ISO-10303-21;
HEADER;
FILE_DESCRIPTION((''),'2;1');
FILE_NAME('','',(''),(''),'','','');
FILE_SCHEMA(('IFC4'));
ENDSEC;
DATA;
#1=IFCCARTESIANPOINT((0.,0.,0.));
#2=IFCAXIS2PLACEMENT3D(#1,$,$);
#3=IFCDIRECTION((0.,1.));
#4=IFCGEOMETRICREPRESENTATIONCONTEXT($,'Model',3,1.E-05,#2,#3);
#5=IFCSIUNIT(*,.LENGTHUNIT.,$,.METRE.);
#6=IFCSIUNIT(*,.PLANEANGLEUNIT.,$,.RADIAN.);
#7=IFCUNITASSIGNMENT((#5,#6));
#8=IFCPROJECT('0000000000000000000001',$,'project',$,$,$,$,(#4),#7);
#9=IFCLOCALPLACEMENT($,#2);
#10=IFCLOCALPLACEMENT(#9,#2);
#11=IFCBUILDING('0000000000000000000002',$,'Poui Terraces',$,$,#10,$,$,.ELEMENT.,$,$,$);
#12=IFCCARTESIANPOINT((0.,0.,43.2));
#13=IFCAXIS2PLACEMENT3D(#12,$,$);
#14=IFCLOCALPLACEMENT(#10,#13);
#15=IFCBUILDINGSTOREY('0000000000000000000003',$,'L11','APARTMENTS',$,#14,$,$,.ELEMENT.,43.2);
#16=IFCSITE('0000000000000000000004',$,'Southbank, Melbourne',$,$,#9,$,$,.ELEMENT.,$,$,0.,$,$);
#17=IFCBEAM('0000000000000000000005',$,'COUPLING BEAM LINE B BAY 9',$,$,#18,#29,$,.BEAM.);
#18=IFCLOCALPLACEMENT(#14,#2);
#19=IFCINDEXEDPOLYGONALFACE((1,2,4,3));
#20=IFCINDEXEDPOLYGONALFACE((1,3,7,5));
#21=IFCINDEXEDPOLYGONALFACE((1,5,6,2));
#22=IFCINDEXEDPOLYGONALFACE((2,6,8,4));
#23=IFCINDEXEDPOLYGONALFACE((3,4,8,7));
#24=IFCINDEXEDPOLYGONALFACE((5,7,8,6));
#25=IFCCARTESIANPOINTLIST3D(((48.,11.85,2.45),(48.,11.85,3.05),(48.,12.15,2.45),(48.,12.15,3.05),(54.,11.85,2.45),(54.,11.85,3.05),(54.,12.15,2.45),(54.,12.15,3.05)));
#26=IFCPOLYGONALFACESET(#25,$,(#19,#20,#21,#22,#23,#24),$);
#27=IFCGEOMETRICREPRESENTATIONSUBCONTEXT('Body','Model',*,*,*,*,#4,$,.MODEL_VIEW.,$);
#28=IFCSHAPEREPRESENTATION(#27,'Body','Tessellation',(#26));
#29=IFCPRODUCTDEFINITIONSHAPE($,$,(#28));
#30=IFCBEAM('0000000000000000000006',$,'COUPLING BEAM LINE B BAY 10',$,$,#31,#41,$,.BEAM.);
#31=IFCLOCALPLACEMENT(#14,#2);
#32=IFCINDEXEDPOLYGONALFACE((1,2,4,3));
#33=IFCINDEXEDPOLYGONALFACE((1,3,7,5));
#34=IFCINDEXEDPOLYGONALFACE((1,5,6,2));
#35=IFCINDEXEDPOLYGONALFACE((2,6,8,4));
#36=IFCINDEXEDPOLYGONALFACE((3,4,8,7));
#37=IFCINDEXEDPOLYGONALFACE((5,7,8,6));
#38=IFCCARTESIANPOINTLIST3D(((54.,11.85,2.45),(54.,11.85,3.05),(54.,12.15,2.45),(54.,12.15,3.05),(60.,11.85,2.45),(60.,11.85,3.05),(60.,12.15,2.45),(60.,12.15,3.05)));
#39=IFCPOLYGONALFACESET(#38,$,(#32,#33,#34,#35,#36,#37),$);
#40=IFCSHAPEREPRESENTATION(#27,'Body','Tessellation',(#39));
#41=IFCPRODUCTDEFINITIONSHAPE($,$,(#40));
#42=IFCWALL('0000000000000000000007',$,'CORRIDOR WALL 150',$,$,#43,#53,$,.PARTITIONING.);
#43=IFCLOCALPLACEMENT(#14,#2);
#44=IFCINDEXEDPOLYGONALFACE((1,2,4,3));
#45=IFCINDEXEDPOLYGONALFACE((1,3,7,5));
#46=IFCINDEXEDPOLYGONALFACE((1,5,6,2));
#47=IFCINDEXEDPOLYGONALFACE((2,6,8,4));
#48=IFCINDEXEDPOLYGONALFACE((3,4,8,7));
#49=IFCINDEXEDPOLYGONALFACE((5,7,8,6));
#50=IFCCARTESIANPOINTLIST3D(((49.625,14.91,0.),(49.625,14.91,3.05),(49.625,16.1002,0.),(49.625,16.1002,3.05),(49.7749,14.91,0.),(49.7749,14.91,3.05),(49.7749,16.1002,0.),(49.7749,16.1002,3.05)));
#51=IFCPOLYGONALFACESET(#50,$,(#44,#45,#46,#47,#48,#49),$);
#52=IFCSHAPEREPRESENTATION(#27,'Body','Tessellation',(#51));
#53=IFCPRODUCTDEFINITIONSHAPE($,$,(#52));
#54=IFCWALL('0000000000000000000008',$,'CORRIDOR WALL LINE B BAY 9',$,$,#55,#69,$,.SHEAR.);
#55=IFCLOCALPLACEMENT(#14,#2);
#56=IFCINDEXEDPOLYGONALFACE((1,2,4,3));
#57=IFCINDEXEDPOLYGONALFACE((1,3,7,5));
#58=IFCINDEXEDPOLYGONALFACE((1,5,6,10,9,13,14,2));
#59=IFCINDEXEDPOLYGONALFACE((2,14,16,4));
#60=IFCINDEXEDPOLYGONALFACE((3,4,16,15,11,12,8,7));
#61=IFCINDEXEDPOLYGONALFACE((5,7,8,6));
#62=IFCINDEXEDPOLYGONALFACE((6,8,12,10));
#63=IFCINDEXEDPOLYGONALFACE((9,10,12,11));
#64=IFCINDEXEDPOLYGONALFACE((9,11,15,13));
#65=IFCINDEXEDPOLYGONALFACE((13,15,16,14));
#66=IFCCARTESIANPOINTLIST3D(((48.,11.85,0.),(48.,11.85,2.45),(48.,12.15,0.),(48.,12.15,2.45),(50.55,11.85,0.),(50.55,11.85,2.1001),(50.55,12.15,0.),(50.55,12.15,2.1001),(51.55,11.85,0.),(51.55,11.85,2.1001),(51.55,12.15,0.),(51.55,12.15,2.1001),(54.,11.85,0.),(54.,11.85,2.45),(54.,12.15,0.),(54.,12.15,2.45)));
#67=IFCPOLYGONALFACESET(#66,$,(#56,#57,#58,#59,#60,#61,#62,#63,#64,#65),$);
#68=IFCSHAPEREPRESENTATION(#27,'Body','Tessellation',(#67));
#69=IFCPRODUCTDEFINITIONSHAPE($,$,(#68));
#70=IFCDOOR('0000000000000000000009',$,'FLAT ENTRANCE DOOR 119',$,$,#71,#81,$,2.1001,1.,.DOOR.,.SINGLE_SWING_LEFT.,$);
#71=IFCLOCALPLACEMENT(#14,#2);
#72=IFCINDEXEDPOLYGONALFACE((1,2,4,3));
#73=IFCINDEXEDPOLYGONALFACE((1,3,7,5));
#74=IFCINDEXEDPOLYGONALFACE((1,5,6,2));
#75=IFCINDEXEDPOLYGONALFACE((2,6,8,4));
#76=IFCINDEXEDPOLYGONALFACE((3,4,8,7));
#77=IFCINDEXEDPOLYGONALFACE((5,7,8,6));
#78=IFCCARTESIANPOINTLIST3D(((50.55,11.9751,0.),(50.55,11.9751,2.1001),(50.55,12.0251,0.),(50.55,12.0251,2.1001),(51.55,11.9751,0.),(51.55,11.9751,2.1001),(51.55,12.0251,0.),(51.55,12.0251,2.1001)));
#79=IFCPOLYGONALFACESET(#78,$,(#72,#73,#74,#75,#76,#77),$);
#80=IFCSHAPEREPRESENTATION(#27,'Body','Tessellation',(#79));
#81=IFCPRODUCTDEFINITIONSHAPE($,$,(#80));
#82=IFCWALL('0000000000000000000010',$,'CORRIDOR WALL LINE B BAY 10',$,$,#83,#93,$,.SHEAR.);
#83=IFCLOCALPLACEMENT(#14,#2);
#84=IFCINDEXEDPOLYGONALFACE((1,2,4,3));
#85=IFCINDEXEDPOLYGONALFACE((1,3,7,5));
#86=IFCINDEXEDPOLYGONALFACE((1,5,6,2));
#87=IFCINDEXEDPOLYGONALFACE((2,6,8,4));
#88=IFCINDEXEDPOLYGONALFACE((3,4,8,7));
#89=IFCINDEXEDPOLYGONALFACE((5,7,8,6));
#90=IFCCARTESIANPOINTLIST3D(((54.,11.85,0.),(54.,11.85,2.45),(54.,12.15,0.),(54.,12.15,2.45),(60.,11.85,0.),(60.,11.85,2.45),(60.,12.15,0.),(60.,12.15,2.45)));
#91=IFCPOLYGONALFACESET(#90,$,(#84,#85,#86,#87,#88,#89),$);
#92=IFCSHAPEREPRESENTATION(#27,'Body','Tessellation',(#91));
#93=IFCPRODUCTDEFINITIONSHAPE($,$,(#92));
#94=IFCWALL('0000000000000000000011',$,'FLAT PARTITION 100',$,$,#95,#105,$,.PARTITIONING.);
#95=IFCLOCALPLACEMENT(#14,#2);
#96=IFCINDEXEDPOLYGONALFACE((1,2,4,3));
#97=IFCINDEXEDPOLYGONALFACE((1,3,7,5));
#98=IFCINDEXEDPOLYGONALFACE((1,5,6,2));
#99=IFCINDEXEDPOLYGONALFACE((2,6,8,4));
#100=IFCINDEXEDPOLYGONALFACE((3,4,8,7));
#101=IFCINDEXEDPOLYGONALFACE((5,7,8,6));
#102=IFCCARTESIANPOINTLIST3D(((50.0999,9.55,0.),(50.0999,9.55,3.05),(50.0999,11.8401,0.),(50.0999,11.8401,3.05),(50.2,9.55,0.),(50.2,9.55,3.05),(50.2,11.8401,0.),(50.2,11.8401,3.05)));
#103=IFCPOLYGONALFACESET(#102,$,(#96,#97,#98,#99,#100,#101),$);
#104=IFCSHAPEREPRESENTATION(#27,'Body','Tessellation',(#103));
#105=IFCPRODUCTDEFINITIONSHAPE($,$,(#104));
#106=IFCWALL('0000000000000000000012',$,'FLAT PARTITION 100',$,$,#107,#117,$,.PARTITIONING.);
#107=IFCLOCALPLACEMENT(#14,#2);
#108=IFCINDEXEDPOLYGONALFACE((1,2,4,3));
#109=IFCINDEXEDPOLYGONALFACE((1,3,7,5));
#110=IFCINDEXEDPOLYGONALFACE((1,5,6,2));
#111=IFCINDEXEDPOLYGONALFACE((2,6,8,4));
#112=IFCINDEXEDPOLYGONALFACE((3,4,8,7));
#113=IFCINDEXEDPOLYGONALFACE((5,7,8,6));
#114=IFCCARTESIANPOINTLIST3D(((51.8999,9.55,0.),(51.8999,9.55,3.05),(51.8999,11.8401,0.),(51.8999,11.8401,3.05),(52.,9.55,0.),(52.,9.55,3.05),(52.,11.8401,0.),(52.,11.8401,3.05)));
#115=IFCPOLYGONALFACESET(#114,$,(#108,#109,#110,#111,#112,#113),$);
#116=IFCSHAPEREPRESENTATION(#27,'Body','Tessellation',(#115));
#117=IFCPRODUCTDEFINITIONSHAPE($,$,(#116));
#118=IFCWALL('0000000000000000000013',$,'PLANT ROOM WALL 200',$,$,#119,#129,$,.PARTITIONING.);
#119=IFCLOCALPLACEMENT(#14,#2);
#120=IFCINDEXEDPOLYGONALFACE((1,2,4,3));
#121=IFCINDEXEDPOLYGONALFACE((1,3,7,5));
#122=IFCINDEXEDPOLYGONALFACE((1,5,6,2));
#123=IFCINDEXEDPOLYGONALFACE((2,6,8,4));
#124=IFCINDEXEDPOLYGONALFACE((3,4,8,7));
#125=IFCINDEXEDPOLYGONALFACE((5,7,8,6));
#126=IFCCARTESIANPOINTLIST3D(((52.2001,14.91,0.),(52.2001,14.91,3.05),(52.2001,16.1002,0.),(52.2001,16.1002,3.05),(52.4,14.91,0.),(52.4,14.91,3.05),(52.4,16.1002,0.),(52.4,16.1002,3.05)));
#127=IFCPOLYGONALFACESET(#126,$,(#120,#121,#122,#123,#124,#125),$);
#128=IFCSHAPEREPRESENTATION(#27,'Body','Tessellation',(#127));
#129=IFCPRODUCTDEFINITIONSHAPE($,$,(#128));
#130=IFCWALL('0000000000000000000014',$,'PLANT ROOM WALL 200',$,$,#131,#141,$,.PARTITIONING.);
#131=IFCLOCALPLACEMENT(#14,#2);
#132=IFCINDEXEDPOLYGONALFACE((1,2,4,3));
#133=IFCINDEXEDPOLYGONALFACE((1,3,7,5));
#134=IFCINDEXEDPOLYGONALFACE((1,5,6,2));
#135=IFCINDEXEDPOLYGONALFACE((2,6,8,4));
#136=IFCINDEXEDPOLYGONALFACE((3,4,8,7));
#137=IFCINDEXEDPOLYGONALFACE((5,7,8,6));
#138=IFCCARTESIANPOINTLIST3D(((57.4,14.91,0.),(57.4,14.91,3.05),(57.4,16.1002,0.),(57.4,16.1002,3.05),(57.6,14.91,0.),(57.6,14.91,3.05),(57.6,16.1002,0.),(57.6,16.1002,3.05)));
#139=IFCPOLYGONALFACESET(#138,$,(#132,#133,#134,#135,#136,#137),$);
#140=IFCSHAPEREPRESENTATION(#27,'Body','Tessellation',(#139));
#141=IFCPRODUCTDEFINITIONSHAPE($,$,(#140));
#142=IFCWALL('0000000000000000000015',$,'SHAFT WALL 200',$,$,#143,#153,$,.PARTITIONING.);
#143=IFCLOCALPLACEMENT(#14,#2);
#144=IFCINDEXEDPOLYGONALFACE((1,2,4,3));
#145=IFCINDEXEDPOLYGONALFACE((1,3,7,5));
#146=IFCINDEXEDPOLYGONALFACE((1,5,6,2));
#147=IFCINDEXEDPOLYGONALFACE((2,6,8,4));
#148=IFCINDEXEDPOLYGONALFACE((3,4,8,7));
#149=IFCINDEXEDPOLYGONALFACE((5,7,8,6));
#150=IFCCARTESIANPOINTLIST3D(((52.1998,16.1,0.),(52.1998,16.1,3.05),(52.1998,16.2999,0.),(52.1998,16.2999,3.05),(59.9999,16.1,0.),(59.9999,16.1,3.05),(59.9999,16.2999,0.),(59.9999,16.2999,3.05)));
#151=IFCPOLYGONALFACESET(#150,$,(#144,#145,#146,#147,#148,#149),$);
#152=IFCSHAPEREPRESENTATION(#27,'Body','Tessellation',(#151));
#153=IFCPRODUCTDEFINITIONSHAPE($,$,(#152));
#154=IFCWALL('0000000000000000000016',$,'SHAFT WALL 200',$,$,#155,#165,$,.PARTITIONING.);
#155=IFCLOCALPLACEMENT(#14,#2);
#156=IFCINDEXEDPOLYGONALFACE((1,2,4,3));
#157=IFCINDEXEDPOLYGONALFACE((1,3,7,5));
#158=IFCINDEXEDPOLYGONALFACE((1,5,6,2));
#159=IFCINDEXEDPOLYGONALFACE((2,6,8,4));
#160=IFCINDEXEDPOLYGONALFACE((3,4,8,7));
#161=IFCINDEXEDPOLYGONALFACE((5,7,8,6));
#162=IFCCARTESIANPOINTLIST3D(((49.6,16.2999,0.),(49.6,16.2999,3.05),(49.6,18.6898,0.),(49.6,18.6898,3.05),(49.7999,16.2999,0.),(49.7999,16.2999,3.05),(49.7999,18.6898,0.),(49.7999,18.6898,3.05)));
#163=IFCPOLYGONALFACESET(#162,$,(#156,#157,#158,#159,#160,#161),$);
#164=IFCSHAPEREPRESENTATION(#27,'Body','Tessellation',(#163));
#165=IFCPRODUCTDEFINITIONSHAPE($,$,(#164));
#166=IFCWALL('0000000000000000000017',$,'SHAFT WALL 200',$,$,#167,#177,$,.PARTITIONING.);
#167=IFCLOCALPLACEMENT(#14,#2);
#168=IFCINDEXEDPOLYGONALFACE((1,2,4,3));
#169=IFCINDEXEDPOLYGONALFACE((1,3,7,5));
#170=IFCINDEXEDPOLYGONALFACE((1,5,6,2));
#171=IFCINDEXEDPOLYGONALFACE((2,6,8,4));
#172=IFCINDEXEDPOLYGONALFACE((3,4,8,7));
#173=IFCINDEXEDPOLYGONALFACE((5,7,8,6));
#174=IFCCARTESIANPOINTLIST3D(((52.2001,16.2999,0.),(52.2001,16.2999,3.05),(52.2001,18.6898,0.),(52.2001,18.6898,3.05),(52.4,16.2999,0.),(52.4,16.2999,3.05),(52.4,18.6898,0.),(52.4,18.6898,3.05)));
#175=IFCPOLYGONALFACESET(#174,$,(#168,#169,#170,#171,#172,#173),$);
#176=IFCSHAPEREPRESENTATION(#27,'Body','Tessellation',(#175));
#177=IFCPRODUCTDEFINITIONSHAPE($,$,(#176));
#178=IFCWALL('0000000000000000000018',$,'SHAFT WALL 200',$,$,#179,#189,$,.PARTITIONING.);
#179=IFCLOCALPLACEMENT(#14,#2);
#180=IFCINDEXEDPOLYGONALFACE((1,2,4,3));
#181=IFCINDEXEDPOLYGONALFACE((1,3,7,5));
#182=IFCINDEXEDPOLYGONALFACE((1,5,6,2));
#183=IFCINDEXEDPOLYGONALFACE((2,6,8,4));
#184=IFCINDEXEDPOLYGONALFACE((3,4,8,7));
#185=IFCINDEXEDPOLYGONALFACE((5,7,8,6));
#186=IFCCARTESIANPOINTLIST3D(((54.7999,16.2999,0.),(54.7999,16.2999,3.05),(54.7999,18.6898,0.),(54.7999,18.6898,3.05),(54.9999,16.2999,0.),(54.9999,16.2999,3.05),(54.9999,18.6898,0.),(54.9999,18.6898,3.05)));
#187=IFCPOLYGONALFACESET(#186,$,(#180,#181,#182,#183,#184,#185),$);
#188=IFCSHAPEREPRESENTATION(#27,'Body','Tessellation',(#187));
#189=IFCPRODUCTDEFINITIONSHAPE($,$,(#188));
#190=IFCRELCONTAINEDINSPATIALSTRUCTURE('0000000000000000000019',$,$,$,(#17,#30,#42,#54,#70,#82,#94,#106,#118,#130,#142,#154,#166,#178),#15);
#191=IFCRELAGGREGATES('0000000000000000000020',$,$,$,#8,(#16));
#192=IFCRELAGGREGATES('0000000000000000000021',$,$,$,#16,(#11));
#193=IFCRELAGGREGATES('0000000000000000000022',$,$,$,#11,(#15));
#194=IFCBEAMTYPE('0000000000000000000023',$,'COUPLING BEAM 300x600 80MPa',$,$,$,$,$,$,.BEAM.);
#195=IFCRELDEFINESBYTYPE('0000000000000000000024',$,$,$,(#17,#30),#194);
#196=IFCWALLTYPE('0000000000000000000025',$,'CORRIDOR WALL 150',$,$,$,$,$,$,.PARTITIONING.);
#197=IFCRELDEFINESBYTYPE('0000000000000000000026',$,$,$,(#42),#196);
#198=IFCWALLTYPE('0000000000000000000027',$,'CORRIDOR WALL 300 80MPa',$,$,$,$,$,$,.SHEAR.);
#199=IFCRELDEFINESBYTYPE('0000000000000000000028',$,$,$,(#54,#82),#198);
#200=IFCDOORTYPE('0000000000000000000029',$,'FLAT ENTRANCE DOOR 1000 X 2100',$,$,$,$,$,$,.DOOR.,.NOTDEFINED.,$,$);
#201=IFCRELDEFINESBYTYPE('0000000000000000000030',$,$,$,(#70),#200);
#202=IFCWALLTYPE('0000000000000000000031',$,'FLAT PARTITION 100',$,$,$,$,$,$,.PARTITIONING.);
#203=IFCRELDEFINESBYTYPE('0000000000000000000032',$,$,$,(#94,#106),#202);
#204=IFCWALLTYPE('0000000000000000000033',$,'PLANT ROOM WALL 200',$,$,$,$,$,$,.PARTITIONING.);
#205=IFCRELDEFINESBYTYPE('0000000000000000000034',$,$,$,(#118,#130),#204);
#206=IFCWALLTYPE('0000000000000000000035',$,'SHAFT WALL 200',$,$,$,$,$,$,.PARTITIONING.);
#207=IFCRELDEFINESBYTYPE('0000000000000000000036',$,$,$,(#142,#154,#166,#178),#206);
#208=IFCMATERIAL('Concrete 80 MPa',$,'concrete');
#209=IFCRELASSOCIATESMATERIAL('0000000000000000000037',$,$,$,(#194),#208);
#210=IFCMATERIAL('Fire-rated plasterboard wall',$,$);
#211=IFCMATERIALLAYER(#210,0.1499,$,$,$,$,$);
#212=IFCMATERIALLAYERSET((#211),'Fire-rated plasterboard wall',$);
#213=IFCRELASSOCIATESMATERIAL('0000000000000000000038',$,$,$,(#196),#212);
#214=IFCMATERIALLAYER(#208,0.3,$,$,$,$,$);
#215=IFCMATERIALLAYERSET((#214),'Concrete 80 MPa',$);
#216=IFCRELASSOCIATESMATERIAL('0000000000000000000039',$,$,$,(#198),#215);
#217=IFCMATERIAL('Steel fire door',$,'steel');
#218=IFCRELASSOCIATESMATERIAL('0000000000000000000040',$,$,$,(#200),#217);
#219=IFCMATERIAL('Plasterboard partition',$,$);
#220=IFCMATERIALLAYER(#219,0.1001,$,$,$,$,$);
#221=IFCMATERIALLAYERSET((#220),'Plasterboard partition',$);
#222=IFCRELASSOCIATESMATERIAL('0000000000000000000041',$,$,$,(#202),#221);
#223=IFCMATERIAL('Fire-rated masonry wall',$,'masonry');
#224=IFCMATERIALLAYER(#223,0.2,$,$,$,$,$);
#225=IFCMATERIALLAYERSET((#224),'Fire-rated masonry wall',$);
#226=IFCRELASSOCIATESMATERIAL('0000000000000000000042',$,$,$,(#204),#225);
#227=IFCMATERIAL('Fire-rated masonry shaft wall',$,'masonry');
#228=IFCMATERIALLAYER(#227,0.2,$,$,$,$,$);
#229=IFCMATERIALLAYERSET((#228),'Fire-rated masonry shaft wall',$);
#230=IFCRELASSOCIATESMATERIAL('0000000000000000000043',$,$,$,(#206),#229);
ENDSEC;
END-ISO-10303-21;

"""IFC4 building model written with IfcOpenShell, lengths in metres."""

from ifc_helpers import new_model, si_unit, direction, frame, frame_2d, origin, origin_2d, place, context, subcontext, project, spatial, rectangle, extrude, source, transform, mapped, material, layer, layer_set, material_profile, profile_set, type_object, element, fill, save


model = new_model("IFC4")

# Units and contexts
model_context = context("Model", 3, precision=1e-05, world=origin(), true_north=direction((0.0, 1.0)))
body_context = subcontext(model_context, "Body", "Model", "MODEL_VIEW")
ifc_project = project(units=[si_unit("LENGTHUNIT", "METRE"), si_unit("PLANEANGLEUNIT", "RADIAN")], contexts=[model_context])

# Site, building, storey
site_placement = place(None, origin())
site = spatial("IfcSite", under=ifc_project, at=site_placement, Name="Southbank, Melbourne", CompositionType="ELEMENT", RefElevation=0.0)
building_placement = place(site_placement, origin())
building = spatial("IfcBuilding", under=site, at=building_placement, Name="Poui Terraces", CompositionType="ELEMENT")
storey_placement = place(building_placement, frame((0.0, 0.0, 43.2)))
storey = spatial("IfcBuildingStorey", under=building, at=storey_placement, Name="L11", Description="APARTMENTS", CompositionType="ELEMENT", Elevation=43.2)

# Beams
ifc_material_1 = material(Name="Concrete 80 MPa", Category="concrete")
ifc_material_profile = material_profile(ifc_material_1, rectangle(XDim=0.3, YDim=0.6001, at=origin_2d()), Name="RC 300x600")
ifc_profile_set = profile_set([ifc_material_profile], Name="Concrete 80 MPa")
beam_type = type_object("IfcBeamType", Name="COUPLING BEAM 300x600 80MPa", PredefinedType="BEAM", material=ifc_profile_set)
shared_shape = source(origin(), body_context, "Body", "SweptSolid", [
    extrude(rectangle(XDim=0.3, YDim=0.6001, at=origin_2d()), origin(), (0.0, 0.0, 1.0), 6.0),
])
for number, where, z_axis, x_axis, name in (
    (1, (48.0, 12.0, 2.75), (1.0, 0.0, 0.0), (0.0, 1.0, 0.0), "COUPLING BEAM LINE B BAY 9"),
    (2, (54.0, 12.0, 2.75), (1.0, 0.0, 0.0), (0.0, 1.0, 0.0), "COUPLING BEAM LINE B BAY 10"),
):
    element("IfcBeam", number, at=place(storey_placement, frame(where, z_axis=z_axis, x_axis=x_axis)), inside=storey, type_object=beam_type, Name=name, PredefinedType="BEAM", context=body_context, shape_type="MappedRepresentation", body=[
        mapped(shared_shape, transform((0.0, 0.0, 0.0))),
    ])

# Wall
ifc_material_2 = material(Name="Fire-rated plasterboard wall")
ifc_layer_1 = layer(ifc_material_2, 0.1499)
ifc_layer_set_1 = layer_set([ifc_layer_1], Name="Fire-rated plasterboard wall")
wall_type_1 = type_object("IfcWallType", Name="CORRIDOR WALL 150", PredefinedType="PARTITIONING", material=ifc_layer_set_1)
wall_1_placement = place(storey_placement, frame((49.7, 14.9099, 0.0), z_axis=(0.0, 0.0, 1.0), x_axis=(0.0, 1.0, 0.0)))
element("IfcWall", 3, at=wall_1_placement, inside=storey, type_object=wall_type_1, Name="CORRIDOR WALL 150", PredefinedType="PARTITIONING", context=body_context, shape_type="SweptSolid", body=[
    extrude(rectangle(XDim=1.1902, YDim=0.1499, at=frame_2d((0.5952, 0.0))), origin(), (0.0, 0.0, 1.0), 3.05),
])

# Wall, opening, door
ifc_layer_2 = layer(ifc_material_1, 0.3)
ifc_layer_set_2 = layer_set([ifc_layer_2], Name="Concrete 80 MPa")
wall_type_2 = type_object("IfcWallType", Name="CORRIDOR WALL 300 80MPa", PredefinedType="SHEAR", material=ifc_layer_set_2)
wall_2_placement = place(storey_placement, frame((48.0, 12.0, 0.0), z_axis=(0.0, 0.0, 1.0), x_axis=(1.0, 0.0, 0.0)))
wall_2 = element("IfcWall", 4, at=wall_2_placement, inside=storey, type_object=wall_type_2, Name="CORRIDOR WALL LINE B BAY 9", PredefinedType="SHEAR", context=body_context, shape_type="SweptSolid", body=[
    extrude(rectangle(XDim=6.0, YDim=0.3, at=frame_2d((3.0, 0.0))), origin(), (0.0, 0.0, 1.0), 2.45),
])
opening_placement = place(wall_2_placement, frame((2.55, 0.0, 0.0)))
opening = element("IfcOpeningElement", 5, at=opening_placement, cuts=wall_2, PredefinedType="OPENING", context=body_context, shape_type="SweptSolid", body=[
    extrude(rectangle(XDim=1.0, YDim=2.1001, at=frame_2d((0.5, 1.05))), frame((0.0, 0.1602, 0.0), z_axis=(0.0, -1.0, 0.0), x_axis=(1.0, 0.0, 0.0)), (0.0, 0.0, 1.0), 0.3201),
])
ifc_material_3 = material(Name="Steel fire door", Category="steel")
door_type = type_object("IfcDoorType", Name="FLAT ENTRANCE DOOR 1000 X 2100", OperationType="NOTDEFINED", PredefinedType="DOOR", material=ifc_material_3)
door_placement = place(opening_placement, frame((1.0, 0.0, 0.0), z_axis=(0.0, 0.0, 1.0), x_axis=(-1.0, 0.0, 0.0)))
door = element("IfcDoor", 6, at=door_placement, inside=storey, type_object=door_type, Name="FLAT ENTRANCE DOOR 119", OperationType="SINGLE_SWING_LEFT", OverallHeight=2.1001, OverallWidth=1.0, PredefinedType="DOOR", context=body_context, shape_type="SweptSolid", body=[
    extrude(rectangle(XDim=1.0, YDim=2.1001, at=frame_2d((0.5, 1.05))), frame((0.0, 0.0249, 0.0), z_axis=(0.0, -1.0, 0.0), x_axis=(1.0, 0.0, 0.0)), (0.0, 0.0, 1.0), 0.05),
])
fill(opening, door)

# Walls
wall_3_placement = place(storey_placement, frame((54.0, 12.0, 0.0), z_axis=(0.0, 0.0, 1.0), x_axis=(1.0, 0.0, 0.0)))
element("IfcWall", 7, at=wall_3_placement, inside=storey, type_object=wall_type_2, Name="CORRIDOR WALL LINE B BAY 10", PredefinedType="SHEAR", context=body_context, shape_type="SweptSolid", body=[
    extrude(rectangle(XDim=6.0, YDim=0.3, at=frame_2d((3.0, 0.0))), origin(), (0.0, 0.0, 1.0), 2.45),
])
ifc_material_4 = material(Name="Plasterboard partition")
ifc_layer_3 = layer(ifc_material_4, 0.1001)
ifc_layer_set_3 = layer_set([ifc_layer_3], Name="Plasterboard partition")
wall_type_3 = type_object("IfcWallType", Name="FLAT PARTITION 100", PredefinedType="PARTITIONING", material=ifc_layer_set_3)
for number, where, z_axis, x_axis, name in (
    (8, (50.1499, 9.55, 0.0), (0.0, 0.0, 1.0), (0.0, 1.0, 0.0), "FLAT PARTITION 100"),
    (9, (51.95, 9.55, 0.0), (0.0, 0.0, 1.0), (0.0, 1.0, 0.0), "FLAT PARTITION 100"),
):
    element("IfcWall", number, at=place(storey_placement, frame(where, z_axis=z_axis, x_axis=x_axis)), inside=storey, type_object=wall_type_3, Name=name, PredefinedType="PARTITIONING", context=body_context, shape_type="SweptSolid", body=[
        extrude(rectangle(XDim=2.29, YDim=0.1001, at=frame_2d((1.145, 0.0))), origin(), (0.0, 0.0, 1.0), 3.05),
    ])
ifc_material_5 = material(Name="Fire-rated masonry wall", Category="masonry")
ifc_layer_4 = layer(ifc_material_5, 0.2)
ifc_layer_set_4 = layer_set([ifc_layer_4], Name="Fire-rated masonry wall")
wall_type_4 = type_object("IfcWallType", Name="PLANT ROOM WALL 200", PredefinedType="PARTITIONING", material=ifc_layer_set_4)
for number, where, z_axis, x_axis, name in (
    (10, (52.3, 14.9099, 0.0), (0.0, 0.0, 1.0), (0.0, 1.0, 0.0), "PLANT ROOM WALL 200"),
    (11, (57.5, 14.9099, 0.0), (0.0, 0.0, 1.0), (0.0, 1.0, 0.0), "PLANT ROOM WALL 200"),
):
    element("IfcWall", number, at=place(storey_placement, frame(where, z_axis=z_axis, x_axis=x_axis)), inside=storey, type_object=wall_type_4, Name=name, PredefinedType="PARTITIONING", context=body_context, shape_type="SweptSolid", body=[
        extrude(rectangle(XDim=1.1902, YDim=0.2, at=frame_2d((0.5952, 0.0))), origin(), (0.0, 0.0, 1.0), 3.05),
    ])
ifc_material_6 = material(Name="Fire-rated masonry shaft wall", Category="masonry")
ifc_layer_5 = layer(ifc_material_6, 0.2)
ifc_layer_set_5 = layer_set([ifc_layer_5], Name="Fire-rated masonry shaft wall")
wall_type_5 = type_object("IfcWallType", Name="SHAFT WALL 200", PredefinedType="PARTITIONING", material=ifc_layer_set_5)
wall_4_placement = place(storey_placement, frame((52.2, 16.2, 0.0), z_axis=(0.0, 0.0, 1.0), x_axis=(1.0, 0.0, 0.0)))
element("IfcWall", 12, at=wall_4_placement, inside=storey, type_object=wall_type_5, Name="SHAFT WALL 200", PredefinedType="PARTITIONING", context=body_context, shape_type="SweptSolid", body=[
    extrude(rectangle(XDim=7.8, YDim=0.2, at=frame_2d((3.8999, 0.0))), origin(), (0.0, 0.0, 1.0), 3.05),
])
for number, where, z_axis, x_axis, name in (
    (13, (49.7, 16.3, 0.0), (0.0, 0.0, 1.0), (0.0, 1.0, 0.0), "SHAFT WALL 200"),
    (14, (52.3, 16.3, 0.0), (0.0, 0.0, 1.0), (0.0, 1.0, 0.0), "SHAFT WALL 200"),
    (15, (54.8999, 16.3, 0.0), (0.0, 0.0, 1.0), (0.0, 1.0, 0.0), "SHAFT WALL 200"),
):
    element("IfcWall", number, at=place(storey_placement, frame(where, z_axis=z_axis, x_axis=x_axis)), inside=storey, type_object=wall_type_5, Name=name, PredefinedType="PARTITIONING", context=body_context, shape_type="SweptSolid", body=[
        extrude(rectangle(XDim=2.3899, YDim=0.2, at=frame_2d((1.1948, 0.0))), origin(), (0.0, 0.0, 1.0), 3.05),
    ])

save(model, "model.ifc")
